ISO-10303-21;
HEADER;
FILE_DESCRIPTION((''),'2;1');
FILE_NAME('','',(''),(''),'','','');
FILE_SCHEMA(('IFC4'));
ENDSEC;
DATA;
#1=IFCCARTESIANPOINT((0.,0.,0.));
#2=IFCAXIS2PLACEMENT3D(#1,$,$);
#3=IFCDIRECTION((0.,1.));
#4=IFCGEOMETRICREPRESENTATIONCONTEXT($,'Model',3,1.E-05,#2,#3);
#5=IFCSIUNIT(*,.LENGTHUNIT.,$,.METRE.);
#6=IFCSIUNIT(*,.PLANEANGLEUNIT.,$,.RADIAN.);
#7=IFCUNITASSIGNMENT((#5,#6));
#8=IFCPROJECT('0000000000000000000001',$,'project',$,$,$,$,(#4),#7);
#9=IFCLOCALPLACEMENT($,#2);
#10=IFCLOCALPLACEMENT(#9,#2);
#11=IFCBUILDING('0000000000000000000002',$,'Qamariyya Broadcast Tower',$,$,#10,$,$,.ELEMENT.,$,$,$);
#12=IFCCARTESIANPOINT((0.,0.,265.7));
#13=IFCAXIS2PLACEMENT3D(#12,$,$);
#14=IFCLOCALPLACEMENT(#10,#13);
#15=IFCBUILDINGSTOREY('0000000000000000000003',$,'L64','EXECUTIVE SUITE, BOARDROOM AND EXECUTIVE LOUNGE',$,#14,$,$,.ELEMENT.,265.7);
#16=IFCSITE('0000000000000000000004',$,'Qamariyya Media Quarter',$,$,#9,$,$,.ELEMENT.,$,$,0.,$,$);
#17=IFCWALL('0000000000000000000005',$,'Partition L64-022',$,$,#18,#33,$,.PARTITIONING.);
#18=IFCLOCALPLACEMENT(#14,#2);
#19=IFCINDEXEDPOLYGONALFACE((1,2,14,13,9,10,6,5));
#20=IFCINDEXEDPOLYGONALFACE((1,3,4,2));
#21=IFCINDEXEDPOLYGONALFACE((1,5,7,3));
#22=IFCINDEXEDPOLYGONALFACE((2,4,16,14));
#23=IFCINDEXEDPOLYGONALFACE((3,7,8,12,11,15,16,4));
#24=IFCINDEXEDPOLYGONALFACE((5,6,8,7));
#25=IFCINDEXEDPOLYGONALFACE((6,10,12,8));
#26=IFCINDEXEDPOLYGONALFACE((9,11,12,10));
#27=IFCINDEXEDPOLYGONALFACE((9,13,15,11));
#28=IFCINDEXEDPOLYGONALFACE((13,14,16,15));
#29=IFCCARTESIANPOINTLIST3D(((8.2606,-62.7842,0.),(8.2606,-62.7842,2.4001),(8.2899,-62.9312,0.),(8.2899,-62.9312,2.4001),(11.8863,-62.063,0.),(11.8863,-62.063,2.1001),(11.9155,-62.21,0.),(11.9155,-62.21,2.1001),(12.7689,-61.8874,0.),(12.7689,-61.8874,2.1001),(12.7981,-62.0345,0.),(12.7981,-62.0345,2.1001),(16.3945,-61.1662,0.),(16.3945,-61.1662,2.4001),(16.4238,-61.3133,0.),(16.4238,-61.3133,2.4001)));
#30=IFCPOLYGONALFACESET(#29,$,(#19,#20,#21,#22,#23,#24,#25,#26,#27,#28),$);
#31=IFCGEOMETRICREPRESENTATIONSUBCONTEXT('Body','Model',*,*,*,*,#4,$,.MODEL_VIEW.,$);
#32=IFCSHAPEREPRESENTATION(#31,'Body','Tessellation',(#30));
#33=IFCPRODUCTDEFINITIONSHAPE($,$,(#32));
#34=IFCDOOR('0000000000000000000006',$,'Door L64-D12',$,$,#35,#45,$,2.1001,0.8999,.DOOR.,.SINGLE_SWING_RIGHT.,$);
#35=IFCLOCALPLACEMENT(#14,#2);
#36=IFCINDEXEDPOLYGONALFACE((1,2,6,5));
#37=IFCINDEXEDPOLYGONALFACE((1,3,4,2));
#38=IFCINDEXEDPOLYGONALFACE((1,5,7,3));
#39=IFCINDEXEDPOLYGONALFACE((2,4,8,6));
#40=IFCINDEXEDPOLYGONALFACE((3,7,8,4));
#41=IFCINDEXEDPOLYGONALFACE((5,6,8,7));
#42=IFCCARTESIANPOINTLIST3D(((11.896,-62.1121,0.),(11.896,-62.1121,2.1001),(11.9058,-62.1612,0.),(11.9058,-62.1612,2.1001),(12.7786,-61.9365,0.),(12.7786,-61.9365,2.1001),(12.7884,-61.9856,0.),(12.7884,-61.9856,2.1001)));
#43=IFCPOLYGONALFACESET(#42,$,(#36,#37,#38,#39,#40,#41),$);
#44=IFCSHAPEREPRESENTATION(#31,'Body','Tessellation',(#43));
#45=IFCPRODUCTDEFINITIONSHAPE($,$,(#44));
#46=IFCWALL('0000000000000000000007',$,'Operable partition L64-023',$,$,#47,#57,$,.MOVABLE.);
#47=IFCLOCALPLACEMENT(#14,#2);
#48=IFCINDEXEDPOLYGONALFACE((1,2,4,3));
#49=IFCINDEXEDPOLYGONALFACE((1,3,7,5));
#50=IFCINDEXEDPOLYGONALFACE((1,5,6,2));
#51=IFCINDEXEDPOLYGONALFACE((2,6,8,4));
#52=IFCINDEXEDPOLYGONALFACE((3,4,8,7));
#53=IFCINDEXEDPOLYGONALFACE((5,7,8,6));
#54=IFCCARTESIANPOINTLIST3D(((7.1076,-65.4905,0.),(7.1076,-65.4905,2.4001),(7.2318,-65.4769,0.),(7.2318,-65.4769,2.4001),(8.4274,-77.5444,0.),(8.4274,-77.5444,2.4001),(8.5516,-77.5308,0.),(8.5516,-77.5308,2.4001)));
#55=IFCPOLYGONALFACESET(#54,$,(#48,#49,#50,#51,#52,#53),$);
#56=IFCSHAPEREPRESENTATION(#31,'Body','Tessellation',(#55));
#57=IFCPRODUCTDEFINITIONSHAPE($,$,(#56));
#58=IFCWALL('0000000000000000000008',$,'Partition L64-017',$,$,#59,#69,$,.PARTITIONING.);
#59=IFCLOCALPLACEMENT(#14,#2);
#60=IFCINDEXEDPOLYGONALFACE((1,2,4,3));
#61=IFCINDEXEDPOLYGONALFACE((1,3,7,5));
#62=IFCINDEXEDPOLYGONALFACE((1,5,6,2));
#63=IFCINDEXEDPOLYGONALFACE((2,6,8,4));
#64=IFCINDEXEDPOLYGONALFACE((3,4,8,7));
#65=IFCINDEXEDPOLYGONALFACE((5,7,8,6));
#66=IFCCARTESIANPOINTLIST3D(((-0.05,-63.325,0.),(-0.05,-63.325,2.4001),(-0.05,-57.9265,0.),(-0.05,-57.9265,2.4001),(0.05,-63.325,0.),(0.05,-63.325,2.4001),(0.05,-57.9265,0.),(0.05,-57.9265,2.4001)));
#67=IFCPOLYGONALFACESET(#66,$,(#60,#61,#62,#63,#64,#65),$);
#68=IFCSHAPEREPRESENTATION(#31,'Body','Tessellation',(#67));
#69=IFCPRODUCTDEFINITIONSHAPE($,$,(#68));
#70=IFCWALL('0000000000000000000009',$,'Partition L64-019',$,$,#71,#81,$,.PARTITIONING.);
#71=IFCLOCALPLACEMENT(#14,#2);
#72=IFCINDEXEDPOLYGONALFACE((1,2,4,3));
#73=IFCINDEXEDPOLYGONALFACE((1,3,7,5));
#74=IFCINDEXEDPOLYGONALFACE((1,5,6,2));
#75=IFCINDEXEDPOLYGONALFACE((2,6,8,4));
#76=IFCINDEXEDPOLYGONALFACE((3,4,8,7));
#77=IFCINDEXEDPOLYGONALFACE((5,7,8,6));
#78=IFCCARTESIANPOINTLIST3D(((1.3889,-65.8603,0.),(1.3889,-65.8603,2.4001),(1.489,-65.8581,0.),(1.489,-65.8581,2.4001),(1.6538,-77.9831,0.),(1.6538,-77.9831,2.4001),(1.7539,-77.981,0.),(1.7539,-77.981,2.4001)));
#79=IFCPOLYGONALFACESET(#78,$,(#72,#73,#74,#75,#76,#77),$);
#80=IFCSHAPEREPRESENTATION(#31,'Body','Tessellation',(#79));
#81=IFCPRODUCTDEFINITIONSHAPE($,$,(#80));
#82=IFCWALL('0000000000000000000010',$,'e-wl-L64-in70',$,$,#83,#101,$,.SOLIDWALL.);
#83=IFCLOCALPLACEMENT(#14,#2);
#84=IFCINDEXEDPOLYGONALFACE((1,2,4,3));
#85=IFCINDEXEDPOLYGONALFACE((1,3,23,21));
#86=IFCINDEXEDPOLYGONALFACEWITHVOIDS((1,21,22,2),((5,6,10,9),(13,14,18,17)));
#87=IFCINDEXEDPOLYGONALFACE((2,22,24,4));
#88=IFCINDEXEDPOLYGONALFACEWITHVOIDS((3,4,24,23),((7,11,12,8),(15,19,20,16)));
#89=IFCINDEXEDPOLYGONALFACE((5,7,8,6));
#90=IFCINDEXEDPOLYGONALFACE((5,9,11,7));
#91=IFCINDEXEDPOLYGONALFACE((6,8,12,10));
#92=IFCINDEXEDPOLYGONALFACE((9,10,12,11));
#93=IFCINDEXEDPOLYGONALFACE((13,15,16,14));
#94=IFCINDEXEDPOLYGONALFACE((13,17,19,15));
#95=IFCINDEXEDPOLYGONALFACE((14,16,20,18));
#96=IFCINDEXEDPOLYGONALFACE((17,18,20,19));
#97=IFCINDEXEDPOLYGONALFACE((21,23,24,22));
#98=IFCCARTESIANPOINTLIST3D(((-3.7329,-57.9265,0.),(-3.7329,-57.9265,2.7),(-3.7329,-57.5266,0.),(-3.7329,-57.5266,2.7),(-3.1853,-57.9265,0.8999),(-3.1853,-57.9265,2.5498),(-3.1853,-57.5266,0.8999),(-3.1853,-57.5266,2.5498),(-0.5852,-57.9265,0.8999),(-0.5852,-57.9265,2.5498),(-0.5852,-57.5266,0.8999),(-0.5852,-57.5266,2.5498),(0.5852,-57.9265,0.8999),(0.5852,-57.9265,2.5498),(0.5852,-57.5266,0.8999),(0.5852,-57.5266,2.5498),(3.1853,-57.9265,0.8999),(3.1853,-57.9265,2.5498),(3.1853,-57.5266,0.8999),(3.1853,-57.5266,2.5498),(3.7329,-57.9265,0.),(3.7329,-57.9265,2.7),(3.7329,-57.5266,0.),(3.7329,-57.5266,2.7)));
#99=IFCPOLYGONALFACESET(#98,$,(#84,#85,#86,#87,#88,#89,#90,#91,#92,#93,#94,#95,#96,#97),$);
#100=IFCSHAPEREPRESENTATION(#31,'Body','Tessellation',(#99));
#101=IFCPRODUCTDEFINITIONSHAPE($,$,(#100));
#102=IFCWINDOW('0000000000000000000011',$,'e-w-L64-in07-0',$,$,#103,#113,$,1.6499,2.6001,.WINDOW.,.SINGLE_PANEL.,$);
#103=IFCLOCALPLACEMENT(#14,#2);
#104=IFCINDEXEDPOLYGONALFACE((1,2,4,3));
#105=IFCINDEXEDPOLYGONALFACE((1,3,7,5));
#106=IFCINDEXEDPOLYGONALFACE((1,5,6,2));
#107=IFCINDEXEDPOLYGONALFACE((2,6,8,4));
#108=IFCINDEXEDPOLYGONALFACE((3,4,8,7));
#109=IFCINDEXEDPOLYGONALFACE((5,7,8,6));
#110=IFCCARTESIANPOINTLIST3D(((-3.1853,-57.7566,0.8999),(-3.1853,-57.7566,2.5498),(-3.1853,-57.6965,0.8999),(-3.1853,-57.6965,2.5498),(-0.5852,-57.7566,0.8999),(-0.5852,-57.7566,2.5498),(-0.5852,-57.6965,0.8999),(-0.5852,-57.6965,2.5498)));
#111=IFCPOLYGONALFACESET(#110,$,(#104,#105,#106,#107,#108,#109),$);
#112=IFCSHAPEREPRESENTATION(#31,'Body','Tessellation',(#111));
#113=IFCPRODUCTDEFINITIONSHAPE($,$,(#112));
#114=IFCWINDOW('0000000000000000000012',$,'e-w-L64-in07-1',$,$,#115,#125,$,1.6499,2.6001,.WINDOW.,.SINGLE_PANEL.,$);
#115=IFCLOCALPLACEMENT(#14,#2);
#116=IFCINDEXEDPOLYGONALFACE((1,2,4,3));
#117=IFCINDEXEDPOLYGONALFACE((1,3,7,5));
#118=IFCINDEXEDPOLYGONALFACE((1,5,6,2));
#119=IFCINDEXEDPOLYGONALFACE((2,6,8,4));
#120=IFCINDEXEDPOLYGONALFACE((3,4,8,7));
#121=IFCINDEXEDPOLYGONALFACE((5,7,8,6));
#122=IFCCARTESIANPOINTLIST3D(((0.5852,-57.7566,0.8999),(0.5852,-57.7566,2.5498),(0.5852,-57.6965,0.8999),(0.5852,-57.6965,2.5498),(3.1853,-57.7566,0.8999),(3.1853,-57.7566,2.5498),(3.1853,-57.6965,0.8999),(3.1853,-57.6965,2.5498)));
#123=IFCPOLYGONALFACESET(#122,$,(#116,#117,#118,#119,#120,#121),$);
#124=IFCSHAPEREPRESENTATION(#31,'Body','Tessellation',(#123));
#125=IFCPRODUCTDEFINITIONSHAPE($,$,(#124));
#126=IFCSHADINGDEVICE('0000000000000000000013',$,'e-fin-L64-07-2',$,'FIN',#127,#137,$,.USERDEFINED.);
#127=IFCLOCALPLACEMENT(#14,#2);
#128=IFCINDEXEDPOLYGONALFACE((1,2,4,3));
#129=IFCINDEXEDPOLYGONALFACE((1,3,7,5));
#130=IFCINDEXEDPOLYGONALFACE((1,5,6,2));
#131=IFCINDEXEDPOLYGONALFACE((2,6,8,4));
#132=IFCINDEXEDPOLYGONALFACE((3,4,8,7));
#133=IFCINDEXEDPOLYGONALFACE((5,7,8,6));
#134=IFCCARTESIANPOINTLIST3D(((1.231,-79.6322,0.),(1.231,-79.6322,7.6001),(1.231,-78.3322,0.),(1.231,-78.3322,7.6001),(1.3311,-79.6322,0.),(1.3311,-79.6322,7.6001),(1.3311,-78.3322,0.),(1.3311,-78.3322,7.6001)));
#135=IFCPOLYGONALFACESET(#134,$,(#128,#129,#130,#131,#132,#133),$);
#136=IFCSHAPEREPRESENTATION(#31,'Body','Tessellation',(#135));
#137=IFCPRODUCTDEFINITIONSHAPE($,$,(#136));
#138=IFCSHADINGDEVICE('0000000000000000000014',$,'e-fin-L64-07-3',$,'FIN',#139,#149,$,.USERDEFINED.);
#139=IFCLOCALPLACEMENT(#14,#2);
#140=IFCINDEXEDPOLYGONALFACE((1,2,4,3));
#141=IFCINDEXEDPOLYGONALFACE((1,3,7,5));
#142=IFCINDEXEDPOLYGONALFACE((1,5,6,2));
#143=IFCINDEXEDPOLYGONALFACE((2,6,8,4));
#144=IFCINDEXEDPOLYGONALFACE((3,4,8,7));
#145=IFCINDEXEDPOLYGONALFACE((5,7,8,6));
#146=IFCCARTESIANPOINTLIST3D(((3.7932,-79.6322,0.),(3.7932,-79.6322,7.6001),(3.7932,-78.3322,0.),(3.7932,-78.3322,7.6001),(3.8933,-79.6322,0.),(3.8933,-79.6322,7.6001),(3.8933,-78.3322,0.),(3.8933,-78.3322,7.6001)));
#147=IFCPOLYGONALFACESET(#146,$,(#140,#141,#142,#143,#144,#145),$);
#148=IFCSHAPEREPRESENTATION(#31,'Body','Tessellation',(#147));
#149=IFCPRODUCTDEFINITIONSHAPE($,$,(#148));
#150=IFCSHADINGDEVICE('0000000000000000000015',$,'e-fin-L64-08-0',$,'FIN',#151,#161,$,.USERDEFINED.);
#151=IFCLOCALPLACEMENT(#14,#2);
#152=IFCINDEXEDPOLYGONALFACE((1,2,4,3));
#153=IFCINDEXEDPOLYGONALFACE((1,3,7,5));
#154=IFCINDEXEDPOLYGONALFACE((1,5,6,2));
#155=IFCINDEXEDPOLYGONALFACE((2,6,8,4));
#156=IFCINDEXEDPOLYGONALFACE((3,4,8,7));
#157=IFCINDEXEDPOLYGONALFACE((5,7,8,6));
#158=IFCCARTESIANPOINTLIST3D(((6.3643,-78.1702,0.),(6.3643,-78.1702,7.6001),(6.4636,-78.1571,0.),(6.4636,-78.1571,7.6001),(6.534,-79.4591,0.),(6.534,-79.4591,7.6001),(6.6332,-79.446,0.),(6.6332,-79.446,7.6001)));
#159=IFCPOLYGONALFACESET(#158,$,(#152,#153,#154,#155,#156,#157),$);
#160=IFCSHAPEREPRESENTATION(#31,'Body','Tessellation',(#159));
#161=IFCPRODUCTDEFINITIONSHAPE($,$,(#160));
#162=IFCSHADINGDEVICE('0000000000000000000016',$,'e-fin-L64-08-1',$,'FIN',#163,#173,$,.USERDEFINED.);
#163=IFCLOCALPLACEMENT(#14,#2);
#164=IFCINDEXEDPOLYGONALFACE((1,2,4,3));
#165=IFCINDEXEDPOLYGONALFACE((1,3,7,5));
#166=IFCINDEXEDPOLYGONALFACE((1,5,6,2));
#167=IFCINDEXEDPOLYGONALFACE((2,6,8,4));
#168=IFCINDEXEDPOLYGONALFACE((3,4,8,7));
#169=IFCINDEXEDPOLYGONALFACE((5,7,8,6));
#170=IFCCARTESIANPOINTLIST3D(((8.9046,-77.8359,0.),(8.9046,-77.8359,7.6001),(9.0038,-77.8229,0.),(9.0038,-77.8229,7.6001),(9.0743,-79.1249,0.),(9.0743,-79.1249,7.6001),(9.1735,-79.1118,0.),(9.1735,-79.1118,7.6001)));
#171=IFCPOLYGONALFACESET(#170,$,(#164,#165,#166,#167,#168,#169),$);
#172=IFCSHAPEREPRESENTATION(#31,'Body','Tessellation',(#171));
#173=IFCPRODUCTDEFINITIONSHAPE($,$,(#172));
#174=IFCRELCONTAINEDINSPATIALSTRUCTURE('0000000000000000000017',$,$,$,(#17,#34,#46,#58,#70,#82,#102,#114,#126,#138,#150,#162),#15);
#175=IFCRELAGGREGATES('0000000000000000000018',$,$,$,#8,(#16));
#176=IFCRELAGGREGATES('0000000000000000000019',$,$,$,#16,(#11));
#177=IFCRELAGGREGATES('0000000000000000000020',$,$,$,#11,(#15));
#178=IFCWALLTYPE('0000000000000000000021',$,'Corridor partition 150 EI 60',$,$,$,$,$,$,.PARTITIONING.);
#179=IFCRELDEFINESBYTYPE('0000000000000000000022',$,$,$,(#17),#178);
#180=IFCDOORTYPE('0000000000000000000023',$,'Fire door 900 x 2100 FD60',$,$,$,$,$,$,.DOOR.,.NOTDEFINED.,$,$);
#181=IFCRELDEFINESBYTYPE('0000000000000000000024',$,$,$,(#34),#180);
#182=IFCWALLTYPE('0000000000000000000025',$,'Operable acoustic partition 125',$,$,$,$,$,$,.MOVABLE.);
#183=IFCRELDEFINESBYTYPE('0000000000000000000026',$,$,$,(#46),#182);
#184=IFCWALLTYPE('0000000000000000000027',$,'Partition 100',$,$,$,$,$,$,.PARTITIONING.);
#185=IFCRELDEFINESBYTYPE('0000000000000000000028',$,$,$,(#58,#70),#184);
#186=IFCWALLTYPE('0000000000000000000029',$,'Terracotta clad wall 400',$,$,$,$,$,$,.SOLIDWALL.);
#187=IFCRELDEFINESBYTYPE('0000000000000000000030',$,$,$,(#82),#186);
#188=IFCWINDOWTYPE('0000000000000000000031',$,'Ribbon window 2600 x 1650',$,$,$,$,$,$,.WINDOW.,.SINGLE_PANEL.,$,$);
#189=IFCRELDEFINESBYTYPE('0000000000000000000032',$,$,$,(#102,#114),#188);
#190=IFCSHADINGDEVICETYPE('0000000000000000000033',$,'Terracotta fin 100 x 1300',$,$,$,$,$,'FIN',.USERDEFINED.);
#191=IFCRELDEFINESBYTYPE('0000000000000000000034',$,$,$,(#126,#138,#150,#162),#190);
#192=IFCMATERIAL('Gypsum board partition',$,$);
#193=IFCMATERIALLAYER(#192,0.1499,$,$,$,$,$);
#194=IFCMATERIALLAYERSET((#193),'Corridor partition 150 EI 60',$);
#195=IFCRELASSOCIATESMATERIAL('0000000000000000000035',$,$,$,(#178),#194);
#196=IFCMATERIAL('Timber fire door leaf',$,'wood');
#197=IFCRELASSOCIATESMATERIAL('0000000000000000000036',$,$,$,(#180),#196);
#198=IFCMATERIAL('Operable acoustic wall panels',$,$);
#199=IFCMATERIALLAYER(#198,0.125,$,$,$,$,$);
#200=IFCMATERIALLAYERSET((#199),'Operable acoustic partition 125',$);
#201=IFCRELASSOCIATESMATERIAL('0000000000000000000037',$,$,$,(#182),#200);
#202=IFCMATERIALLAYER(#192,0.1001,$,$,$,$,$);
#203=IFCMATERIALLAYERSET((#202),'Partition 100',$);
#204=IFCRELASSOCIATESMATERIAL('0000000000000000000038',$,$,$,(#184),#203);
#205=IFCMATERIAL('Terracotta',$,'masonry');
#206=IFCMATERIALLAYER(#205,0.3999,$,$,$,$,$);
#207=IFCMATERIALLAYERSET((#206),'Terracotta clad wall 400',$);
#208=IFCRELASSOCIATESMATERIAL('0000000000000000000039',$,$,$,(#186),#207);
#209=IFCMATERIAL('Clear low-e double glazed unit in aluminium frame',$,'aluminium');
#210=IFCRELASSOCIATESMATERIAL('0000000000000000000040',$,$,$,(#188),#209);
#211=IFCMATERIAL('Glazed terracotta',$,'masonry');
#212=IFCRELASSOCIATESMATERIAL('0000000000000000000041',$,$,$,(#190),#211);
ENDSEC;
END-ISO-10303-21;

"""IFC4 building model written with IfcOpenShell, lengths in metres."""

from ifc_helpers import new_model, si_unit, direction, frame, frame_2d, origin, origin_2d, place, context, subcontext, project, spatial, rectangle, extrude, material, layer, layer_set, material_profile, profile_set, type_object, element, fill, save


model = new_model("IFC4")

# Units and contexts
model_context = context("Model", 3, precision=1e-05, world=origin(), true_north=direction((0.0, 1.0)))
body_context = subcontext(model_context, "Body", "Model", "MODEL_VIEW")
ifc_project = project(units=[si_unit("LENGTHUNIT", "METRE"), si_unit("PLANEANGLEUNIT", "RADIAN")], contexts=[model_context])

# Site, building, storey
site_placement = place(None, origin())
site = spatial("IfcSite", under=ifc_project, at=site_placement, Name="Qamariyya Media Quarter", CompositionType="ELEMENT", RefElevation=0.0)
building_placement = place(site_placement, origin())
building = spatial("IfcBuilding", under=site, at=building_placement, Name="Qamariyya Broadcast Tower", CompositionType="ELEMENT")
storey_placement = place(building_placement, frame((0.0, 0.0, 265.7)))
storey = spatial("IfcBuildingStorey", under=building, at=storey_placement, Name="L64", Description="EXECUTIVE SUITE, BOARDROOM AND EXECUTIVE LOUNGE", CompositionType="ELEMENT", Elevation=265.7)

# Wall, opening, door
ifc_material_1 = material(Name="Gypsum board partition")
ifc_layer_1 = layer(ifc_material_1, 0.1499)
ifc_layer_set_1 = layer_set([ifc_layer_1], Name="Corridor partition 150 EI 60")
wall_type_1 = type_object("IfcWallType", Name="Corridor partition 150 EI 60", PredefinedType="PARTITIONING", material=ifc_layer_set_1)
ifc_material_2 = material(Name="Timber fire door leaf", Category="wood")
door_type_1 = type_object("IfcDoorType", Name="Fire door 900 x 2100 FD60", OperationType="NOTDEFINED", PredefinedType="DOOR", material=ifc_material_2)
wall_1_placement = place(storey_placement, frame((8.2754, -62.8577, 0.0), z_axis=(0.0, 0.0, 1.0), x_axis=(0.980785, 0.195091, 0.0)))
wall_1 = element("IfcWall", 1, at=wall_1_placement, inside=storey, type_object=wall_type_1, Name="Partition L64-022", PredefinedType="PARTITIONING", context=body_context, shape_type="SweptSolid", body=[
    extrude(rectangle(XDim=8.2932, YDim=0.1499, at=frame_2d((4.1465, 0.0))), origin(), (0.0, 0.0, 1.0), 2.4001),
])
opening_1_placement = place(wall_1_placement, frame((3.6965, 0.0, 0.0)))
opening_1 = element("IfcOpeningElement", 2, at=opening_1_placement, cuts=wall_1, PredefinedType="OPENING", context=body_context, shape_type="SweptSolid", body=[
    extrude(rectangle(XDim=0.8999, YDim=2.1001, at=frame_2d((0.45, 1.05))), frame((0.0, 0.085, 0.0), z_axis=(0.0, -1.0, 0.0), x_axis=(1.0, 0.0, 0.0)), (0.0, 0.0, 1.0), 0.1699),
])
door_1_placement = place(opening_1_placement, origin())
door_1 = element("IfcDoor", 3, at=door_1_placement, inside=storey, type_object=door_type_1, Name="Door L64-D12", OperationType="SINGLE_SWING_RIGHT", OverallHeight=2.1001, OverallWidth=0.8999, PredefinedType="DOOR", context=body_context, shape_type="SweptSolid", body=[
    extrude(rectangle(XDim=0.8999, YDim=2.1001, at=frame_2d((0.45, 1.05))), frame((0.0, 0.0249, 0.0), z_axis=(0.0, -1.0, 0.0), x_axis=(1.0, 0.0, 0.0)), (0.0, 0.0, 1.0), 0.05),
])
fill(opening_1, door_1)

# Walls
ifc_material_3 = material(Name="Operable acoustic wall panels")
ifc_layer_2 = layer(ifc_material_3, 0.125)
ifc_layer_set_2 = layer_set([ifc_layer_2], Name="Operable acoustic partition 125")
wall_type_2 = type_object("IfcWallType", Name="Operable acoustic partition 125", PredefinedType="MOVABLE", material=ifc_layer_set_2)
wall_2_placement = place(storey_placement, frame((8.4895, -77.5376, 0.0), z_axis=(0.0, 0.0, 1.0), x_axis=(-0.108843, 0.994059, 0.0)))
element("IfcWall", 4, at=wall_2_placement, inside=storey, type_object=wall_type_2, Name="Operable partition L64-023", PredefinedType="MOVABLE", context=body_context, shape_type="SweptSolid", body=[
    extrude(rectangle(XDim=12.126, YDim=0.125, at=frame_2d((6.063, 0.0))), origin(), (0.0, 0.0, 1.0), 2.4001),
])
ifc_layer_3 = layer(ifc_material_1, 0.1001)
ifc_layer_set_3 = layer_set([ifc_layer_3], Name="Partition 100")
wall_type_3 = type_object("IfcWallType", Name="Partition 100", PredefinedType="PARTITIONING", material=ifc_layer_set_3)
wall_3_placement = place(storey_placement, frame((0.0, -57.9265, 0.0), z_axis=(0.0, 0.0, 1.0), x_axis=(0.0, -1.0, 0.0)))
element("IfcWall", 5, at=wall_3_placement, inside=storey, type_object=wall_type_3, Name="Partition L64-017", PredefinedType="PARTITIONING", context=body_context, shape_type="SweptSolid", body=[
    extrude(rectangle(XDim=5.3984, YDim=0.1001, at=frame_2d((2.6992, 0.0))), origin(), (0.0, 0.0, 1.0), 2.4001),
])
wall_4_placement = place(storey_placement, frame((1.7039, -77.9822, 0.0), z_axis=(0.0, 0.0, 1.0), x_axis=(-0.021846, 0.999761, 0.0)))
element("IfcWall", 6, at=wall_4_placement, inside=storey, type_object=wall_type_3, Name="Partition L64-019", PredefinedType="PARTITIONING", context=body_context, shape_type="SweptSolid", body=[
    extrude(rectangle(XDim=12.1257, YDim=0.1001, at=frame_2d((6.063, 0.0))), origin(), (0.0, 0.0, 1.0), 2.4001),
])

# Wall, openings, windows
ifc_material_4 = material(Name="Terracotta", Category="masonry")
ifc_layer_4 = layer(ifc_material_4, 0.3999)
ifc_layer_set_4 = layer_set([ifc_layer_4], Name="Terracotta clad wall 400")
wall_type_4 = type_object("IfcWallType", Name="Terracotta clad wall 400", PredefinedType="SOLIDWALL", material=ifc_layer_set_4)
wall_5_placement = place(storey_placement, frame((3.7329, -57.7266, 0.0), z_axis=(0.0, 0.0, 1.0), x_axis=(-1.0, 0.0, 0.0)))
wall_5 = element("IfcWall", 7, at=wall_5_placement, inside=storey, type_object=wall_type_4, Name="e-wl-L64-in70", PredefinedType="SOLIDWALL", context=body_context, shape_type="SweptSolid", body=[
    extrude(rectangle(XDim=7.4658, YDim=0.3999, at=frame_2d((3.7329, 0.0))), origin(), (0.0, 0.0, 1.0), 2.7),
])
opening_2_placement = place(wall_5_placement, frame((4.3181, 0.0, 0.8999)))
opening_2 = element("IfcOpeningElement", 8, at=opening_2_placement, cuts=wall_5, PredefinedType="OPENING", context=body_context, shape_type="SweptSolid", body=[
    extrude(rectangle(XDim=2.6001, YDim=1.6499, at=frame_2d((1.3, 0.825))), frame((0.0, 0.21, 0.0), z_axis=(0.0, -1.0, 0.0), x_axis=(1.0, 0.0, 0.0)), (0.0, 0.0, 1.0), 0.4199),
])
opening_3_placement = place(wall_5_placement, frame((0.5476, 0.0, 0.8999)))
opening_3 = element("IfcOpeningElement", 9, at=opening_3_placement, cuts=wall_5, PredefinedType="OPENING", context=body_context, shape_type="SweptSolid", body=[
    extrude(rectangle(XDim=2.6001, YDim=1.6499, at=frame_2d((1.3, 0.825))), frame((0.0, 0.21, 0.0), z_axis=(0.0, -1.0, 0.0), x_axis=(1.0, 0.0, 0.0)), (0.0, 0.0, 1.0), 0.4199),
])
ifc_material_5 = material(Name="Clear low-e double glazed unit in aluminium frame", Category="aluminium")
window_type = type_object("IfcWindowType", Name="Ribbon window 2600 x 1650", PartitioningType="SINGLE_PANEL", PredefinedType="WINDOW", material=ifc_material_5)
window_1_placement = place(opening_2_placement, origin())
window_1 = element("IfcWindow", 10, at=window_1_placement, inside=storey, type_object=window_type, Name="e-w-L64-in07-0", OverallHeight=1.6499, OverallWidth=2.6001, PartitioningType="SINGLE_PANEL", PredefinedType="WINDOW", context=body_context, shape_type="SweptSolid", body=[
    extrude(rectangle(XDim=2.6001, YDim=1.6499, at=frame_2d((1.3, 0.825))), frame((0.0, 0.03, 0.0), z_axis=(0.0, -1.0, 0.0), x_axis=(1.0, 0.0, 0.0)), (0.0, 0.0, 1.0), 0.0601),
])
fill(opening_2, window_1)
window_2_placement = place(opening_3_placement, origin())
window_2 = element("IfcWindow", 11, at=window_2_placement, inside=storey, type_object=window_type, Name="e-w-L64-in07-1", OverallHeight=1.6499, OverallWidth=2.6001, PartitioningType="SINGLE_PANEL", PredefinedType="WINDOW", context=body_context, shape_type="SweptSolid", body=[
    extrude(rectangle(XDim=2.6001, YDim=1.6499, at=frame_2d((1.3, 0.825))), frame((0.0, 0.03, 0.0), z_axis=(0.0, -1.0, 0.0), x_axis=(1.0, 0.0, 0.0)), (0.0, 0.0, 1.0), 0.0601),
])
fill(opening_3, window_2)

# Shading devices
ifc_material_6 = material(Name="Glazed terracotta", Category="masonry")
ifc_material_profile_1 = material_profile(ifc_material_6, rectangle(XDim=1.3, YDim=0.1001, at=origin_2d()))
ifc_profile_set_1 = profile_set([ifc_material_profile_1], Name="Glazed terracotta")
shading_device_type = type_object("IfcShadingDeviceType", Name="Terracotta fin 100 x 1300", ElementType="FIN", PredefinedType="USERDEFINED", material=ifc_profile_set_1)
for number, where, z_axis, x_axis, name in (
    (12, (1.281, -78.9822, 0.0), (0.0, 0.0, 1.0), (0.0, -1.0, 0.0), "e-fin-L64-07-2"),
    (13, (3.8433, -78.9822, 0.0), (0.0, 0.0, 1.0), (0.0, -1.0, 0.0), "e-fin-L64-07-3"),
    (14, (6.4988, -78.8081, 0.0), (0.0, 0.0, 1.0), (0.130526, -0.991445, 0.0), "e-fin-L64-08-0"),
    (15, (9.0391, -78.4739, 0.0), (0.0, 0.0, 1.0), (0.130526, -0.991445, 0.0), "e-fin-L64-08-1"),
):
    element("IfcShadingDevice", number, at=place(storey_placement, frame(where, z_axis=z_axis, x_axis=x_axis)), inside=storey, type_object=shading_device_type, Name=name, ObjectType="FIN", PredefinedType="USERDEFINED", context=body_context, shape_type="SweptSolid", body=[
        extrude(rectangle(XDim=1.3, YDim=0.1001, at=origin_2d()), origin(), (0.0, 0.0, 1.0), 7.6001),
    ])

save(model, "model.ifc")
